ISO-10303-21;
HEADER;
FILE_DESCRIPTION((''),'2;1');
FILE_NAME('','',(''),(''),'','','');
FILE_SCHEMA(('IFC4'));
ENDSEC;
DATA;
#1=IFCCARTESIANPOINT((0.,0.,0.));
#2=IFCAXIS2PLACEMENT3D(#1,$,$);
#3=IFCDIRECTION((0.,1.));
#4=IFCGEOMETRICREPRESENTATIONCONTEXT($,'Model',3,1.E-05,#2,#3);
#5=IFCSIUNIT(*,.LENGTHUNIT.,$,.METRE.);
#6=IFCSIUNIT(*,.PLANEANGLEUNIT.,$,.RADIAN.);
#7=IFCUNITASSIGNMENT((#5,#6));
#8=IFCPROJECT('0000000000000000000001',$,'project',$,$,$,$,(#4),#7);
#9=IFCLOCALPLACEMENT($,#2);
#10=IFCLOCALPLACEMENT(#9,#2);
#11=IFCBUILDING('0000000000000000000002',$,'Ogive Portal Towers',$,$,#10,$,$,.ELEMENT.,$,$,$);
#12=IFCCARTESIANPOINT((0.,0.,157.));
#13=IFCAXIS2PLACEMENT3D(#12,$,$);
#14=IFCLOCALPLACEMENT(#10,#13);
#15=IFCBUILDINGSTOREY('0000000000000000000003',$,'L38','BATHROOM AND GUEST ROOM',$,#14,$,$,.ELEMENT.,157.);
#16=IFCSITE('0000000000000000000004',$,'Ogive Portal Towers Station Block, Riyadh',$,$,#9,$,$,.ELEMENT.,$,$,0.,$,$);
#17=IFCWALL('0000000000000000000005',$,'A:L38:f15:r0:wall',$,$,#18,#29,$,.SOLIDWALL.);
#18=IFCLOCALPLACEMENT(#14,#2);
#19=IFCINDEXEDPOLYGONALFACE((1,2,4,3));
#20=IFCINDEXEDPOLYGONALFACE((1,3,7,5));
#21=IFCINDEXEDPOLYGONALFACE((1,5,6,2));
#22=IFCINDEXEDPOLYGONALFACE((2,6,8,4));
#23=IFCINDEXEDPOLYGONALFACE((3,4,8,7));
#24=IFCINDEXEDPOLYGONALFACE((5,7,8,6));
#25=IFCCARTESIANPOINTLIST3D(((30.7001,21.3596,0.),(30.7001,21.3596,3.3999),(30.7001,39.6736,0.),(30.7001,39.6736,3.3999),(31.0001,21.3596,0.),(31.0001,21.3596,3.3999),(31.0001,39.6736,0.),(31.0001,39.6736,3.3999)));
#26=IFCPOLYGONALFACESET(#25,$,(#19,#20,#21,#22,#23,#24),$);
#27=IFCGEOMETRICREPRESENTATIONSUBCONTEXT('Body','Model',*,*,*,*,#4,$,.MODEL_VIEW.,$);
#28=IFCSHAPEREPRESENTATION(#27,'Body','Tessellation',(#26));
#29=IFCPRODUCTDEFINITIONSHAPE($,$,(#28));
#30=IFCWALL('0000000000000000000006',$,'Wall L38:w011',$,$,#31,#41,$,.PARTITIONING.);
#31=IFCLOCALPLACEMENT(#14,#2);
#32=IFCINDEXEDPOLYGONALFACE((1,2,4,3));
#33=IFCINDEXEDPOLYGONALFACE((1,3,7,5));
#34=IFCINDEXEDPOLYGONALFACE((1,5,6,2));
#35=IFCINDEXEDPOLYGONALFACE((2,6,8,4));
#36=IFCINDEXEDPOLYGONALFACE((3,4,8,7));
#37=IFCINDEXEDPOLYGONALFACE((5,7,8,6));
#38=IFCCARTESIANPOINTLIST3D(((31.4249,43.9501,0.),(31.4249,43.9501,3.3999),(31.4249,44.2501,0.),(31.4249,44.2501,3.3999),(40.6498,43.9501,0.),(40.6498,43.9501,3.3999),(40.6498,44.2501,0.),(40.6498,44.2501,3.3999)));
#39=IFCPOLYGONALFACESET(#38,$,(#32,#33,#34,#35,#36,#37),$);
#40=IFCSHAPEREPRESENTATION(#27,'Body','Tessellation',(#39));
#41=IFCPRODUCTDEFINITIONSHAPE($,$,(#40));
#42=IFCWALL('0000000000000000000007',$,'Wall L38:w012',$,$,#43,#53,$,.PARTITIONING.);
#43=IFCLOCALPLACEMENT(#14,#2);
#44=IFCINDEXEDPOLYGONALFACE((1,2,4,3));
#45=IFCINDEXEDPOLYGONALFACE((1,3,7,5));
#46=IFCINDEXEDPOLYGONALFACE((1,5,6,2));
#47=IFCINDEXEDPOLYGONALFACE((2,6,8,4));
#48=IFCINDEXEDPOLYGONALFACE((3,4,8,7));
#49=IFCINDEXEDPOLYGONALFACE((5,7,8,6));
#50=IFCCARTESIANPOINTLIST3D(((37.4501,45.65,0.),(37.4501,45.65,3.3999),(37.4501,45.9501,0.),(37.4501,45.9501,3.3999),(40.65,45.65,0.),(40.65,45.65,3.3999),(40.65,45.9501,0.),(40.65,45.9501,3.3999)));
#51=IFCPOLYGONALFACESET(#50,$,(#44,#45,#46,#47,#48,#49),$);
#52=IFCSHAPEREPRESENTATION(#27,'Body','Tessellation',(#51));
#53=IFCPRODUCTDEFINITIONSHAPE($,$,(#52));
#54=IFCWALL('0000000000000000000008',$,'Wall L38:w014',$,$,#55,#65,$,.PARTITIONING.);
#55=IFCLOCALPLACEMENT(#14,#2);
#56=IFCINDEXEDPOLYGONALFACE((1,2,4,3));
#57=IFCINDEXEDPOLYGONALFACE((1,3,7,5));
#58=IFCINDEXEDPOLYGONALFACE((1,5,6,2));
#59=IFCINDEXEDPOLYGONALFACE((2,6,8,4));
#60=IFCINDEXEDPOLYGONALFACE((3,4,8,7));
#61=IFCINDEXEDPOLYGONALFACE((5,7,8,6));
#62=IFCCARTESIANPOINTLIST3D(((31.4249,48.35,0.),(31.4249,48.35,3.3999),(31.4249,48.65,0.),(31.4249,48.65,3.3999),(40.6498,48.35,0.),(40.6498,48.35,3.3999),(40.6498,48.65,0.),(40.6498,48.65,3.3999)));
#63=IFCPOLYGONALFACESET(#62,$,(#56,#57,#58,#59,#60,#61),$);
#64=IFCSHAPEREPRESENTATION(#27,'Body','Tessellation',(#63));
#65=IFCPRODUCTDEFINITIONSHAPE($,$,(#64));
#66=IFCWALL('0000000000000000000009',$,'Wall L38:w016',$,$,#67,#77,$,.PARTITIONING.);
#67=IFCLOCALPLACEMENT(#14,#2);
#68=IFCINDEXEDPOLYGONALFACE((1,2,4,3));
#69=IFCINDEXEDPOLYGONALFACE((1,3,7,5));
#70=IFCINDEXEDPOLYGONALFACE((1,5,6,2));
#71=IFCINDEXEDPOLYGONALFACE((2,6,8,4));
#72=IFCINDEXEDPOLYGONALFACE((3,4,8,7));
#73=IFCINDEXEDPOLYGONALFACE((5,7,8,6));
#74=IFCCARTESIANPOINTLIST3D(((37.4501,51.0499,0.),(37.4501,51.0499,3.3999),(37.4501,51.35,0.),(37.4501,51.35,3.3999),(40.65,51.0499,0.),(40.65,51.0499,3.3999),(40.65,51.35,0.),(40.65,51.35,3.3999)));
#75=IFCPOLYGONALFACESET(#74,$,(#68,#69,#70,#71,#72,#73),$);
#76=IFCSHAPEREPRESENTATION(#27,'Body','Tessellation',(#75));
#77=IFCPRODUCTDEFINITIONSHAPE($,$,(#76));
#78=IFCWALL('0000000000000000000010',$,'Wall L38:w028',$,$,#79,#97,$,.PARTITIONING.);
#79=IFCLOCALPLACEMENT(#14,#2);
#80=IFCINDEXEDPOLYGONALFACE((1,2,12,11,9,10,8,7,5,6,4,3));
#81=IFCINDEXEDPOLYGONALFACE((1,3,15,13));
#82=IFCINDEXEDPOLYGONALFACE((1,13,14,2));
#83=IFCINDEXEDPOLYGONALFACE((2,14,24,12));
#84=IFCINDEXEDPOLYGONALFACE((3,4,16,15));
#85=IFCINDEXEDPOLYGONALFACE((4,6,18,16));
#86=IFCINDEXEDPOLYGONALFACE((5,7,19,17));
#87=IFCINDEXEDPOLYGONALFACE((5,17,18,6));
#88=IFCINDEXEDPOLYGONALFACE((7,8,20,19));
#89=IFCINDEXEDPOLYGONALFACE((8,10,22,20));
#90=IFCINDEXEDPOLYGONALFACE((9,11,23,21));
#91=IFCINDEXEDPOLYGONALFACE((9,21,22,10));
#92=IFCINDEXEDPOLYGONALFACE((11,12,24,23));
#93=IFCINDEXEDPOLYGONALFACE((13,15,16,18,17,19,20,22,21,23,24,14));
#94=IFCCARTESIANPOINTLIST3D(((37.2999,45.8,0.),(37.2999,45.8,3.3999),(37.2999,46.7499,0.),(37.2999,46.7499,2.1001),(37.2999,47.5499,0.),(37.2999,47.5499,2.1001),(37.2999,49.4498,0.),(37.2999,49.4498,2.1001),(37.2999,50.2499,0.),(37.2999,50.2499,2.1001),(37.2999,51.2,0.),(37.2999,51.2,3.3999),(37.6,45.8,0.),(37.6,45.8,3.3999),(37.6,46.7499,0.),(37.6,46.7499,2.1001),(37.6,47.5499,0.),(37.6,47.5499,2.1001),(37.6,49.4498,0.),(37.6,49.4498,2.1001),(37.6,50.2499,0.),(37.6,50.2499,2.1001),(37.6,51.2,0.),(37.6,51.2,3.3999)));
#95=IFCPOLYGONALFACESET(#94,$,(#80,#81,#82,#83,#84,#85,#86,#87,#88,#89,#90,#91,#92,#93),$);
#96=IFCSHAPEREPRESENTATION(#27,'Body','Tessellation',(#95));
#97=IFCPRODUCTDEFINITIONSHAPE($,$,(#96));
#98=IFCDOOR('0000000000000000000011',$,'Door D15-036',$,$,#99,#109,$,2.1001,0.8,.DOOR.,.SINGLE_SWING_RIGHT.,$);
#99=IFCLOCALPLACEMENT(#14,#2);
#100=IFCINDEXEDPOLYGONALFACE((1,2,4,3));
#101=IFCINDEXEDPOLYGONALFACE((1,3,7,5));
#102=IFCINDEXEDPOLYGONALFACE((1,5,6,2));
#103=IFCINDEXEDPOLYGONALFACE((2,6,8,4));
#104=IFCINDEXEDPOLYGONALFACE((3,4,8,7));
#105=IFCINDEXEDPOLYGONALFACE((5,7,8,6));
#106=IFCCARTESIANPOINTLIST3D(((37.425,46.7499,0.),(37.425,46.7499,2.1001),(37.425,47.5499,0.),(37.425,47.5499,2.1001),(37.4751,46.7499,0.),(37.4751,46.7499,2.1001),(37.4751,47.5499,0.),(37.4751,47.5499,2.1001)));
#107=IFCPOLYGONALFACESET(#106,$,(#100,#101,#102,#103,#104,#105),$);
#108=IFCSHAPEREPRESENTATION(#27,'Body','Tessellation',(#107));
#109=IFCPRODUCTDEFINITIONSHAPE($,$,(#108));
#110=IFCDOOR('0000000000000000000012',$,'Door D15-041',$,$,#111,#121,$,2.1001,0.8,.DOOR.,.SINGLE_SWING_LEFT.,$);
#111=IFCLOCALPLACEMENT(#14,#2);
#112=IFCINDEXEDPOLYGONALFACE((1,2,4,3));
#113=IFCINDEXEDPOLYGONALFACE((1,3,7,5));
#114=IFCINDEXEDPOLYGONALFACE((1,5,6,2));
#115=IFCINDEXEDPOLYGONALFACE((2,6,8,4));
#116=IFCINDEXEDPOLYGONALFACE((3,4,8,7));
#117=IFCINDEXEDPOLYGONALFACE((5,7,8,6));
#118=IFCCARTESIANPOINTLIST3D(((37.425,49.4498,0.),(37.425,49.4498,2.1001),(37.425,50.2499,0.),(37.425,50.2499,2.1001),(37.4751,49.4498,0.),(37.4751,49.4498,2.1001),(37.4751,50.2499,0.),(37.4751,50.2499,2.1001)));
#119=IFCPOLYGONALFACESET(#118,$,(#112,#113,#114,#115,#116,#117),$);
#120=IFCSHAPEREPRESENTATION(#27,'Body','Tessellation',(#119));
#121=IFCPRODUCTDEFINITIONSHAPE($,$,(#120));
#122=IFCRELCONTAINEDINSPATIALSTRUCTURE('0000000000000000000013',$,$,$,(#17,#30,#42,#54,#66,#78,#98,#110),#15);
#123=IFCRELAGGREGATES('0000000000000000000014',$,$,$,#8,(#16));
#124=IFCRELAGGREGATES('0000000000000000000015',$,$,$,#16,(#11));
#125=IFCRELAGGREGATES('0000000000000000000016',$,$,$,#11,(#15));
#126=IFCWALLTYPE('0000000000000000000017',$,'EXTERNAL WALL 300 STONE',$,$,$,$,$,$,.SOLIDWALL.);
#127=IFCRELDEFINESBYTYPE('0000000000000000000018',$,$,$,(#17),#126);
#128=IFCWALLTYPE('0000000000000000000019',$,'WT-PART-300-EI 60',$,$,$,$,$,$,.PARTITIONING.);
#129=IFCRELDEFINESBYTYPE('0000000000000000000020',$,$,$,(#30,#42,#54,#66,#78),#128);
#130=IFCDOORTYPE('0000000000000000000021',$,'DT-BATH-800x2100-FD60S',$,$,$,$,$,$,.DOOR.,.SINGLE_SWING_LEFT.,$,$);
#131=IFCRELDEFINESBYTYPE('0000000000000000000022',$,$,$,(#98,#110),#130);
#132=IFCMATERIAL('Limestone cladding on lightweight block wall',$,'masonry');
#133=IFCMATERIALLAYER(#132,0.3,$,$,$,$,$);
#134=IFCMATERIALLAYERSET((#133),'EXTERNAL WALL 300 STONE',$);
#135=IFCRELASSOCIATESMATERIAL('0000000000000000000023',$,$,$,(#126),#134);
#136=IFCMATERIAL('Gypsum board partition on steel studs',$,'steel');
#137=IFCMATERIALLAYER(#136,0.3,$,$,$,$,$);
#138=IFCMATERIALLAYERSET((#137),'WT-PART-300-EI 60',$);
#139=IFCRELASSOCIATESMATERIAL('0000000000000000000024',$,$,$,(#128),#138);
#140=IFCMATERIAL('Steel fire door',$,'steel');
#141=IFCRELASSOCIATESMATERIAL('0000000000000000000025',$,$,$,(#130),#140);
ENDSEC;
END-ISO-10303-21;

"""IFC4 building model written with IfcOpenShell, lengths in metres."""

from ifc_helpers import new_model, si_unit, direction, frame, frame_2d, origin, place, context, subcontext, project, spatial, rectangle, extrude, material, layer, layer_set, type_object, element, fill, save


model = new_model("IFC4")

# Units and contexts
model_context = context("Model", 3, precision=1e-05, world=origin(), true_north=direction((0.0, 1.0)))
body_context = subcontext(model_context, "Body", "Model", "MODEL_VIEW")
ifc_project = project(units=[si_unit("LENGTHUNIT", "METRE"), si_unit("PLANEANGLEUNIT", "RADIAN")], contexts=[model_context])

# Site, building, storey
site_placement = place(None, origin())
site = spatial("IfcSite", under=ifc_project, at=site_placement, Name="Ogive Portal Towers Station Block, Riyadh", CompositionType="ELEMENT", RefElevation=0.0)
building_placement = place(site_placement, origin())
building = spatial("IfcBuilding", under=site, at=building_placement, Name="Ogive Portal Towers", CompositionType="ELEMENT")
storey_placement = place(building_placement, frame((0.0, 0.0, 157.0)))
storey = spatial("IfcBuildingStorey", under=building, at=storey_placement, Name="L38", Description="BATHROOM AND GUEST ROOM", CompositionType="ELEMENT", Elevation=157.0)

# Shared definitions
ifc_material_1 = material(Name="Steel fire door", Category="steel")

# Shared definitions
ifc_material_2 = material(Name="Limestone cladding on lightweight block wall", Category="masonry")
ifc_layer_1 = layer(ifc_material_2, 0.3)
ifc_layer_set_1 = layer_set([ifc_layer_1], Name="EXTERNAL WALL 300 STONE")
wall_type_1 = type_object("IfcWallType", Name="EXTERNAL WALL 300 STONE", PredefinedType="SOLIDWALL", material=ifc_layer_set_1)

# Walls
wall_1_placement = place(storey_placement, frame((30.8501, 39.6736, 0.0), z_axis=(0.0, 0.0, 1.0), x_axis=(0.0, -1.0, 0.0)))
element("IfcWall", 1, at=wall_1_placement, inside=storey, type_object=wall_type_1, Name="A:L38:f15:r0:wall", PredefinedType="SOLIDWALL", context=body_context, shape_type="SweptSolid", body=[
    extrude(rectangle(XDim=18.314, YDim=0.3, at=frame_2d((9.157, 0.0))), origin(), (0.0, 0.0, 1.0), 3.3999),
])
ifc_material_3 = material(Name="Gypsum board partition on steel studs", Category="steel")
ifc_layer_2 = layer(ifc_material_3, 0.3)
ifc_layer_set_2 = layer_set([ifc_layer_2], Name="WT-PART-300-EI 60")
wall_type_2 = type_object("IfcWallType", Name="WT-PART-300-EI 60", PredefinedType="PARTITIONING", material=ifc_layer_set_2)
wall_2_placement = place(storey_placement, frame((31.425, 44.1001, 0.0), z_axis=(0.0, 0.0, 1.0), x_axis=(1.0, 0.0, 0.0)))
element("IfcWall", 2, at=wall_2_placement, inside=storey, type_object=wall_type_2, Name="Wall L38:w011", PredefinedType="PARTITIONING", context=body_context, shape_type="SweptSolid", body=[
    extrude(rectangle(XDim=9.2249, YDim=0.3, at=frame_2d((4.6123, 0.0))), origin(), (0.0, 0.0, 1.0), 3.3999),
])
wall_3_placement = place(storey_placement, frame((37.45, 45.8, 0.0), z_axis=(0.0, 0.0, 1.0), x_axis=(1.0, 0.0, 0.0)))
element("IfcWall", 3, at=wall_3_placement, inside=storey, type_object=wall_type_2, Name="Wall L38:w012", PredefinedType="PARTITIONING", context=body_context, shape_type="SweptSolid", body=[
    extrude(rectangle(XDim=3.2, YDim=0.3, at=frame_2d((1.6001, 0.0))), origin(), (0.0, 0.0, 1.0), 3.3999),
])
wall_4_placement = place(storey_placement, frame((31.425, 48.5, 0.0), z_axis=(0.0, 0.0, 1.0), x_axis=(1.0, 0.0, 0.0)))
element("IfcWall", 4, at=wall_4_placement, inside=storey, type_object=wall_type_2, Name="Wall L38:w014", PredefinedType="PARTITIONING", context=body_context, shape_type="SweptSolid", body=[
    extrude(rectangle(XDim=9.2249, YDim=0.3, at=frame_2d((4.6123, 0.0))), origin(), (0.0, 0.0, 1.0), 3.3999),
])
wall_5_placement = place(storey_placement, frame((37.45, 51.2, 0.0), z_axis=(0.0, 0.0, 1.0), x_axis=(1.0, 0.0, 0.0)))
element("IfcWall", 5, at=wall_5_placement, inside=storey, type_object=wall_type_2, Name="Wall L38:w016", PredefinedType="PARTITIONING", context=body_context, shape_type="SweptSolid", body=[
    extrude(rectangle(XDim=3.2, YDim=0.3, at=frame_2d((1.6001, 0.0))), origin(), (0.0, 0.0, 1.0), 3.3999),
])

# Wall, openings, doors
wall_6_placement = place(storey_placement, frame((37.45, 45.8, 0.0), z_axis=(0.0, 0.0, 1.0), x_axis=(0.0, 1.0, 0.0)))
wall_6 = element("IfcWall", 6, at=wall_6_placement, inside=storey, type_object=wall_type_2, Name="Wall L38:w028", PredefinedType="PARTITIONING", context=body_context, shape_type="SweptSolid", body=[
    extrude(rectangle(XDim=5.3999, YDim=0.3, at=frame_2d((2.7, 0.0))), origin(), (0.0, 0.0, 1.0), 3.3999),
])
opening_1_placement = place(wall_6_placement, frame((0.95, 0.0, 0.0)))
opening_1 = element("IfcOpeningElement", 7, at=opening_1_placement, cuts=wall_6, PredefinedType="OPENING", context=body_context, shape_type="SweptSolid", body=[
    extrude(rectangle(XDim=0.8, YDim=2.1001, at=frame_2d((0.3999, 1.05))), frame((0.0, 0.1602, 0.0), z_axis=(0.0, -1.0, 0.0), x_axis=(1.0, 0.0, 0.0)), (0.0, 0.0, 1.0), 0.3201),
])
opening_2_placement = place(wall_6_placement, frame((3.6499, 0.0, 0.0)))
opening_2 = element("IfcOpeningElement", 8, at=opening_2_placement, cuts=wall_6, PredefinedType="OPENING", context=body_context, shape_type="SweptSolid", body=[
    extrude(rectangle(XDim=0.8, YDim=2.1001, at=frame_2d((0.3999, 1.05))), frame((0.0, 0.1602, 0.0), z_axis=(0.0, -1.0, 0.0), x_axis=(1.0, 0.0, 0.0)), (0.0, 0.0, 1.0), 0.3201),
])
door_type_1 = type_object("IfcDoorType", Name="DT-BATH-800x2100-FD60S", OperationType="SINGLE_SWING_LEFT", PredefinedType="DOOR", material=ifc_material_1)
door_1_placement = place(opening_1_placement, origin())
door_1 = element("IfcDoor", 9, at=door_1_placement, inside=storey, type_object=door_type_1, Name="Door D15-036", OperationType="SINGLE_SWING_RIGHT", OverallHeight=2.1001, OverallWidth=0.8, PredefinedType="DOOR", context=body_context, shape_type="SweptSolid", body=[
    extrude(rectangle(XDim=0.8, YDim=2.1001, at=frame_2d((0.3999, 1.05))), frame((0.0, 0.0249, 0.0), z_axis=(0.0, -1.0, 0.0), x_axis=(1.0, 0.0, 0.0)), (0.0, 0.0, 1.0), 0.05),
])
fill(opening_1, door_1)
door_2_placement = place(opening_2_placement, origin())
door_2 = element("IfcDoor", 10, at=door_2_placement, inside=storey, type_object=door_type_1, Name="Door D15-041", OperationType="SINGLE_SWING_LEFT", OverallHeight=2.1001, OverallWidth=0.8, PredefinedType="DOOR", context=body_context, shape_type="SweptSolid", body=[
    extrude(rectangle(XDim=0.8, YDim=2.1001, at=frame_2d((0.3999, 1.05))), frame((0.0, 0.0249, 0.0), z_axis=(0.0, -1.0, 0.0), x_axis=(1.0, 0.0, 0.0)), (0.0, 0.0, 1.0), 0.05),
])
fill(opening_2, door_2)

save(model, "model.ifc")
